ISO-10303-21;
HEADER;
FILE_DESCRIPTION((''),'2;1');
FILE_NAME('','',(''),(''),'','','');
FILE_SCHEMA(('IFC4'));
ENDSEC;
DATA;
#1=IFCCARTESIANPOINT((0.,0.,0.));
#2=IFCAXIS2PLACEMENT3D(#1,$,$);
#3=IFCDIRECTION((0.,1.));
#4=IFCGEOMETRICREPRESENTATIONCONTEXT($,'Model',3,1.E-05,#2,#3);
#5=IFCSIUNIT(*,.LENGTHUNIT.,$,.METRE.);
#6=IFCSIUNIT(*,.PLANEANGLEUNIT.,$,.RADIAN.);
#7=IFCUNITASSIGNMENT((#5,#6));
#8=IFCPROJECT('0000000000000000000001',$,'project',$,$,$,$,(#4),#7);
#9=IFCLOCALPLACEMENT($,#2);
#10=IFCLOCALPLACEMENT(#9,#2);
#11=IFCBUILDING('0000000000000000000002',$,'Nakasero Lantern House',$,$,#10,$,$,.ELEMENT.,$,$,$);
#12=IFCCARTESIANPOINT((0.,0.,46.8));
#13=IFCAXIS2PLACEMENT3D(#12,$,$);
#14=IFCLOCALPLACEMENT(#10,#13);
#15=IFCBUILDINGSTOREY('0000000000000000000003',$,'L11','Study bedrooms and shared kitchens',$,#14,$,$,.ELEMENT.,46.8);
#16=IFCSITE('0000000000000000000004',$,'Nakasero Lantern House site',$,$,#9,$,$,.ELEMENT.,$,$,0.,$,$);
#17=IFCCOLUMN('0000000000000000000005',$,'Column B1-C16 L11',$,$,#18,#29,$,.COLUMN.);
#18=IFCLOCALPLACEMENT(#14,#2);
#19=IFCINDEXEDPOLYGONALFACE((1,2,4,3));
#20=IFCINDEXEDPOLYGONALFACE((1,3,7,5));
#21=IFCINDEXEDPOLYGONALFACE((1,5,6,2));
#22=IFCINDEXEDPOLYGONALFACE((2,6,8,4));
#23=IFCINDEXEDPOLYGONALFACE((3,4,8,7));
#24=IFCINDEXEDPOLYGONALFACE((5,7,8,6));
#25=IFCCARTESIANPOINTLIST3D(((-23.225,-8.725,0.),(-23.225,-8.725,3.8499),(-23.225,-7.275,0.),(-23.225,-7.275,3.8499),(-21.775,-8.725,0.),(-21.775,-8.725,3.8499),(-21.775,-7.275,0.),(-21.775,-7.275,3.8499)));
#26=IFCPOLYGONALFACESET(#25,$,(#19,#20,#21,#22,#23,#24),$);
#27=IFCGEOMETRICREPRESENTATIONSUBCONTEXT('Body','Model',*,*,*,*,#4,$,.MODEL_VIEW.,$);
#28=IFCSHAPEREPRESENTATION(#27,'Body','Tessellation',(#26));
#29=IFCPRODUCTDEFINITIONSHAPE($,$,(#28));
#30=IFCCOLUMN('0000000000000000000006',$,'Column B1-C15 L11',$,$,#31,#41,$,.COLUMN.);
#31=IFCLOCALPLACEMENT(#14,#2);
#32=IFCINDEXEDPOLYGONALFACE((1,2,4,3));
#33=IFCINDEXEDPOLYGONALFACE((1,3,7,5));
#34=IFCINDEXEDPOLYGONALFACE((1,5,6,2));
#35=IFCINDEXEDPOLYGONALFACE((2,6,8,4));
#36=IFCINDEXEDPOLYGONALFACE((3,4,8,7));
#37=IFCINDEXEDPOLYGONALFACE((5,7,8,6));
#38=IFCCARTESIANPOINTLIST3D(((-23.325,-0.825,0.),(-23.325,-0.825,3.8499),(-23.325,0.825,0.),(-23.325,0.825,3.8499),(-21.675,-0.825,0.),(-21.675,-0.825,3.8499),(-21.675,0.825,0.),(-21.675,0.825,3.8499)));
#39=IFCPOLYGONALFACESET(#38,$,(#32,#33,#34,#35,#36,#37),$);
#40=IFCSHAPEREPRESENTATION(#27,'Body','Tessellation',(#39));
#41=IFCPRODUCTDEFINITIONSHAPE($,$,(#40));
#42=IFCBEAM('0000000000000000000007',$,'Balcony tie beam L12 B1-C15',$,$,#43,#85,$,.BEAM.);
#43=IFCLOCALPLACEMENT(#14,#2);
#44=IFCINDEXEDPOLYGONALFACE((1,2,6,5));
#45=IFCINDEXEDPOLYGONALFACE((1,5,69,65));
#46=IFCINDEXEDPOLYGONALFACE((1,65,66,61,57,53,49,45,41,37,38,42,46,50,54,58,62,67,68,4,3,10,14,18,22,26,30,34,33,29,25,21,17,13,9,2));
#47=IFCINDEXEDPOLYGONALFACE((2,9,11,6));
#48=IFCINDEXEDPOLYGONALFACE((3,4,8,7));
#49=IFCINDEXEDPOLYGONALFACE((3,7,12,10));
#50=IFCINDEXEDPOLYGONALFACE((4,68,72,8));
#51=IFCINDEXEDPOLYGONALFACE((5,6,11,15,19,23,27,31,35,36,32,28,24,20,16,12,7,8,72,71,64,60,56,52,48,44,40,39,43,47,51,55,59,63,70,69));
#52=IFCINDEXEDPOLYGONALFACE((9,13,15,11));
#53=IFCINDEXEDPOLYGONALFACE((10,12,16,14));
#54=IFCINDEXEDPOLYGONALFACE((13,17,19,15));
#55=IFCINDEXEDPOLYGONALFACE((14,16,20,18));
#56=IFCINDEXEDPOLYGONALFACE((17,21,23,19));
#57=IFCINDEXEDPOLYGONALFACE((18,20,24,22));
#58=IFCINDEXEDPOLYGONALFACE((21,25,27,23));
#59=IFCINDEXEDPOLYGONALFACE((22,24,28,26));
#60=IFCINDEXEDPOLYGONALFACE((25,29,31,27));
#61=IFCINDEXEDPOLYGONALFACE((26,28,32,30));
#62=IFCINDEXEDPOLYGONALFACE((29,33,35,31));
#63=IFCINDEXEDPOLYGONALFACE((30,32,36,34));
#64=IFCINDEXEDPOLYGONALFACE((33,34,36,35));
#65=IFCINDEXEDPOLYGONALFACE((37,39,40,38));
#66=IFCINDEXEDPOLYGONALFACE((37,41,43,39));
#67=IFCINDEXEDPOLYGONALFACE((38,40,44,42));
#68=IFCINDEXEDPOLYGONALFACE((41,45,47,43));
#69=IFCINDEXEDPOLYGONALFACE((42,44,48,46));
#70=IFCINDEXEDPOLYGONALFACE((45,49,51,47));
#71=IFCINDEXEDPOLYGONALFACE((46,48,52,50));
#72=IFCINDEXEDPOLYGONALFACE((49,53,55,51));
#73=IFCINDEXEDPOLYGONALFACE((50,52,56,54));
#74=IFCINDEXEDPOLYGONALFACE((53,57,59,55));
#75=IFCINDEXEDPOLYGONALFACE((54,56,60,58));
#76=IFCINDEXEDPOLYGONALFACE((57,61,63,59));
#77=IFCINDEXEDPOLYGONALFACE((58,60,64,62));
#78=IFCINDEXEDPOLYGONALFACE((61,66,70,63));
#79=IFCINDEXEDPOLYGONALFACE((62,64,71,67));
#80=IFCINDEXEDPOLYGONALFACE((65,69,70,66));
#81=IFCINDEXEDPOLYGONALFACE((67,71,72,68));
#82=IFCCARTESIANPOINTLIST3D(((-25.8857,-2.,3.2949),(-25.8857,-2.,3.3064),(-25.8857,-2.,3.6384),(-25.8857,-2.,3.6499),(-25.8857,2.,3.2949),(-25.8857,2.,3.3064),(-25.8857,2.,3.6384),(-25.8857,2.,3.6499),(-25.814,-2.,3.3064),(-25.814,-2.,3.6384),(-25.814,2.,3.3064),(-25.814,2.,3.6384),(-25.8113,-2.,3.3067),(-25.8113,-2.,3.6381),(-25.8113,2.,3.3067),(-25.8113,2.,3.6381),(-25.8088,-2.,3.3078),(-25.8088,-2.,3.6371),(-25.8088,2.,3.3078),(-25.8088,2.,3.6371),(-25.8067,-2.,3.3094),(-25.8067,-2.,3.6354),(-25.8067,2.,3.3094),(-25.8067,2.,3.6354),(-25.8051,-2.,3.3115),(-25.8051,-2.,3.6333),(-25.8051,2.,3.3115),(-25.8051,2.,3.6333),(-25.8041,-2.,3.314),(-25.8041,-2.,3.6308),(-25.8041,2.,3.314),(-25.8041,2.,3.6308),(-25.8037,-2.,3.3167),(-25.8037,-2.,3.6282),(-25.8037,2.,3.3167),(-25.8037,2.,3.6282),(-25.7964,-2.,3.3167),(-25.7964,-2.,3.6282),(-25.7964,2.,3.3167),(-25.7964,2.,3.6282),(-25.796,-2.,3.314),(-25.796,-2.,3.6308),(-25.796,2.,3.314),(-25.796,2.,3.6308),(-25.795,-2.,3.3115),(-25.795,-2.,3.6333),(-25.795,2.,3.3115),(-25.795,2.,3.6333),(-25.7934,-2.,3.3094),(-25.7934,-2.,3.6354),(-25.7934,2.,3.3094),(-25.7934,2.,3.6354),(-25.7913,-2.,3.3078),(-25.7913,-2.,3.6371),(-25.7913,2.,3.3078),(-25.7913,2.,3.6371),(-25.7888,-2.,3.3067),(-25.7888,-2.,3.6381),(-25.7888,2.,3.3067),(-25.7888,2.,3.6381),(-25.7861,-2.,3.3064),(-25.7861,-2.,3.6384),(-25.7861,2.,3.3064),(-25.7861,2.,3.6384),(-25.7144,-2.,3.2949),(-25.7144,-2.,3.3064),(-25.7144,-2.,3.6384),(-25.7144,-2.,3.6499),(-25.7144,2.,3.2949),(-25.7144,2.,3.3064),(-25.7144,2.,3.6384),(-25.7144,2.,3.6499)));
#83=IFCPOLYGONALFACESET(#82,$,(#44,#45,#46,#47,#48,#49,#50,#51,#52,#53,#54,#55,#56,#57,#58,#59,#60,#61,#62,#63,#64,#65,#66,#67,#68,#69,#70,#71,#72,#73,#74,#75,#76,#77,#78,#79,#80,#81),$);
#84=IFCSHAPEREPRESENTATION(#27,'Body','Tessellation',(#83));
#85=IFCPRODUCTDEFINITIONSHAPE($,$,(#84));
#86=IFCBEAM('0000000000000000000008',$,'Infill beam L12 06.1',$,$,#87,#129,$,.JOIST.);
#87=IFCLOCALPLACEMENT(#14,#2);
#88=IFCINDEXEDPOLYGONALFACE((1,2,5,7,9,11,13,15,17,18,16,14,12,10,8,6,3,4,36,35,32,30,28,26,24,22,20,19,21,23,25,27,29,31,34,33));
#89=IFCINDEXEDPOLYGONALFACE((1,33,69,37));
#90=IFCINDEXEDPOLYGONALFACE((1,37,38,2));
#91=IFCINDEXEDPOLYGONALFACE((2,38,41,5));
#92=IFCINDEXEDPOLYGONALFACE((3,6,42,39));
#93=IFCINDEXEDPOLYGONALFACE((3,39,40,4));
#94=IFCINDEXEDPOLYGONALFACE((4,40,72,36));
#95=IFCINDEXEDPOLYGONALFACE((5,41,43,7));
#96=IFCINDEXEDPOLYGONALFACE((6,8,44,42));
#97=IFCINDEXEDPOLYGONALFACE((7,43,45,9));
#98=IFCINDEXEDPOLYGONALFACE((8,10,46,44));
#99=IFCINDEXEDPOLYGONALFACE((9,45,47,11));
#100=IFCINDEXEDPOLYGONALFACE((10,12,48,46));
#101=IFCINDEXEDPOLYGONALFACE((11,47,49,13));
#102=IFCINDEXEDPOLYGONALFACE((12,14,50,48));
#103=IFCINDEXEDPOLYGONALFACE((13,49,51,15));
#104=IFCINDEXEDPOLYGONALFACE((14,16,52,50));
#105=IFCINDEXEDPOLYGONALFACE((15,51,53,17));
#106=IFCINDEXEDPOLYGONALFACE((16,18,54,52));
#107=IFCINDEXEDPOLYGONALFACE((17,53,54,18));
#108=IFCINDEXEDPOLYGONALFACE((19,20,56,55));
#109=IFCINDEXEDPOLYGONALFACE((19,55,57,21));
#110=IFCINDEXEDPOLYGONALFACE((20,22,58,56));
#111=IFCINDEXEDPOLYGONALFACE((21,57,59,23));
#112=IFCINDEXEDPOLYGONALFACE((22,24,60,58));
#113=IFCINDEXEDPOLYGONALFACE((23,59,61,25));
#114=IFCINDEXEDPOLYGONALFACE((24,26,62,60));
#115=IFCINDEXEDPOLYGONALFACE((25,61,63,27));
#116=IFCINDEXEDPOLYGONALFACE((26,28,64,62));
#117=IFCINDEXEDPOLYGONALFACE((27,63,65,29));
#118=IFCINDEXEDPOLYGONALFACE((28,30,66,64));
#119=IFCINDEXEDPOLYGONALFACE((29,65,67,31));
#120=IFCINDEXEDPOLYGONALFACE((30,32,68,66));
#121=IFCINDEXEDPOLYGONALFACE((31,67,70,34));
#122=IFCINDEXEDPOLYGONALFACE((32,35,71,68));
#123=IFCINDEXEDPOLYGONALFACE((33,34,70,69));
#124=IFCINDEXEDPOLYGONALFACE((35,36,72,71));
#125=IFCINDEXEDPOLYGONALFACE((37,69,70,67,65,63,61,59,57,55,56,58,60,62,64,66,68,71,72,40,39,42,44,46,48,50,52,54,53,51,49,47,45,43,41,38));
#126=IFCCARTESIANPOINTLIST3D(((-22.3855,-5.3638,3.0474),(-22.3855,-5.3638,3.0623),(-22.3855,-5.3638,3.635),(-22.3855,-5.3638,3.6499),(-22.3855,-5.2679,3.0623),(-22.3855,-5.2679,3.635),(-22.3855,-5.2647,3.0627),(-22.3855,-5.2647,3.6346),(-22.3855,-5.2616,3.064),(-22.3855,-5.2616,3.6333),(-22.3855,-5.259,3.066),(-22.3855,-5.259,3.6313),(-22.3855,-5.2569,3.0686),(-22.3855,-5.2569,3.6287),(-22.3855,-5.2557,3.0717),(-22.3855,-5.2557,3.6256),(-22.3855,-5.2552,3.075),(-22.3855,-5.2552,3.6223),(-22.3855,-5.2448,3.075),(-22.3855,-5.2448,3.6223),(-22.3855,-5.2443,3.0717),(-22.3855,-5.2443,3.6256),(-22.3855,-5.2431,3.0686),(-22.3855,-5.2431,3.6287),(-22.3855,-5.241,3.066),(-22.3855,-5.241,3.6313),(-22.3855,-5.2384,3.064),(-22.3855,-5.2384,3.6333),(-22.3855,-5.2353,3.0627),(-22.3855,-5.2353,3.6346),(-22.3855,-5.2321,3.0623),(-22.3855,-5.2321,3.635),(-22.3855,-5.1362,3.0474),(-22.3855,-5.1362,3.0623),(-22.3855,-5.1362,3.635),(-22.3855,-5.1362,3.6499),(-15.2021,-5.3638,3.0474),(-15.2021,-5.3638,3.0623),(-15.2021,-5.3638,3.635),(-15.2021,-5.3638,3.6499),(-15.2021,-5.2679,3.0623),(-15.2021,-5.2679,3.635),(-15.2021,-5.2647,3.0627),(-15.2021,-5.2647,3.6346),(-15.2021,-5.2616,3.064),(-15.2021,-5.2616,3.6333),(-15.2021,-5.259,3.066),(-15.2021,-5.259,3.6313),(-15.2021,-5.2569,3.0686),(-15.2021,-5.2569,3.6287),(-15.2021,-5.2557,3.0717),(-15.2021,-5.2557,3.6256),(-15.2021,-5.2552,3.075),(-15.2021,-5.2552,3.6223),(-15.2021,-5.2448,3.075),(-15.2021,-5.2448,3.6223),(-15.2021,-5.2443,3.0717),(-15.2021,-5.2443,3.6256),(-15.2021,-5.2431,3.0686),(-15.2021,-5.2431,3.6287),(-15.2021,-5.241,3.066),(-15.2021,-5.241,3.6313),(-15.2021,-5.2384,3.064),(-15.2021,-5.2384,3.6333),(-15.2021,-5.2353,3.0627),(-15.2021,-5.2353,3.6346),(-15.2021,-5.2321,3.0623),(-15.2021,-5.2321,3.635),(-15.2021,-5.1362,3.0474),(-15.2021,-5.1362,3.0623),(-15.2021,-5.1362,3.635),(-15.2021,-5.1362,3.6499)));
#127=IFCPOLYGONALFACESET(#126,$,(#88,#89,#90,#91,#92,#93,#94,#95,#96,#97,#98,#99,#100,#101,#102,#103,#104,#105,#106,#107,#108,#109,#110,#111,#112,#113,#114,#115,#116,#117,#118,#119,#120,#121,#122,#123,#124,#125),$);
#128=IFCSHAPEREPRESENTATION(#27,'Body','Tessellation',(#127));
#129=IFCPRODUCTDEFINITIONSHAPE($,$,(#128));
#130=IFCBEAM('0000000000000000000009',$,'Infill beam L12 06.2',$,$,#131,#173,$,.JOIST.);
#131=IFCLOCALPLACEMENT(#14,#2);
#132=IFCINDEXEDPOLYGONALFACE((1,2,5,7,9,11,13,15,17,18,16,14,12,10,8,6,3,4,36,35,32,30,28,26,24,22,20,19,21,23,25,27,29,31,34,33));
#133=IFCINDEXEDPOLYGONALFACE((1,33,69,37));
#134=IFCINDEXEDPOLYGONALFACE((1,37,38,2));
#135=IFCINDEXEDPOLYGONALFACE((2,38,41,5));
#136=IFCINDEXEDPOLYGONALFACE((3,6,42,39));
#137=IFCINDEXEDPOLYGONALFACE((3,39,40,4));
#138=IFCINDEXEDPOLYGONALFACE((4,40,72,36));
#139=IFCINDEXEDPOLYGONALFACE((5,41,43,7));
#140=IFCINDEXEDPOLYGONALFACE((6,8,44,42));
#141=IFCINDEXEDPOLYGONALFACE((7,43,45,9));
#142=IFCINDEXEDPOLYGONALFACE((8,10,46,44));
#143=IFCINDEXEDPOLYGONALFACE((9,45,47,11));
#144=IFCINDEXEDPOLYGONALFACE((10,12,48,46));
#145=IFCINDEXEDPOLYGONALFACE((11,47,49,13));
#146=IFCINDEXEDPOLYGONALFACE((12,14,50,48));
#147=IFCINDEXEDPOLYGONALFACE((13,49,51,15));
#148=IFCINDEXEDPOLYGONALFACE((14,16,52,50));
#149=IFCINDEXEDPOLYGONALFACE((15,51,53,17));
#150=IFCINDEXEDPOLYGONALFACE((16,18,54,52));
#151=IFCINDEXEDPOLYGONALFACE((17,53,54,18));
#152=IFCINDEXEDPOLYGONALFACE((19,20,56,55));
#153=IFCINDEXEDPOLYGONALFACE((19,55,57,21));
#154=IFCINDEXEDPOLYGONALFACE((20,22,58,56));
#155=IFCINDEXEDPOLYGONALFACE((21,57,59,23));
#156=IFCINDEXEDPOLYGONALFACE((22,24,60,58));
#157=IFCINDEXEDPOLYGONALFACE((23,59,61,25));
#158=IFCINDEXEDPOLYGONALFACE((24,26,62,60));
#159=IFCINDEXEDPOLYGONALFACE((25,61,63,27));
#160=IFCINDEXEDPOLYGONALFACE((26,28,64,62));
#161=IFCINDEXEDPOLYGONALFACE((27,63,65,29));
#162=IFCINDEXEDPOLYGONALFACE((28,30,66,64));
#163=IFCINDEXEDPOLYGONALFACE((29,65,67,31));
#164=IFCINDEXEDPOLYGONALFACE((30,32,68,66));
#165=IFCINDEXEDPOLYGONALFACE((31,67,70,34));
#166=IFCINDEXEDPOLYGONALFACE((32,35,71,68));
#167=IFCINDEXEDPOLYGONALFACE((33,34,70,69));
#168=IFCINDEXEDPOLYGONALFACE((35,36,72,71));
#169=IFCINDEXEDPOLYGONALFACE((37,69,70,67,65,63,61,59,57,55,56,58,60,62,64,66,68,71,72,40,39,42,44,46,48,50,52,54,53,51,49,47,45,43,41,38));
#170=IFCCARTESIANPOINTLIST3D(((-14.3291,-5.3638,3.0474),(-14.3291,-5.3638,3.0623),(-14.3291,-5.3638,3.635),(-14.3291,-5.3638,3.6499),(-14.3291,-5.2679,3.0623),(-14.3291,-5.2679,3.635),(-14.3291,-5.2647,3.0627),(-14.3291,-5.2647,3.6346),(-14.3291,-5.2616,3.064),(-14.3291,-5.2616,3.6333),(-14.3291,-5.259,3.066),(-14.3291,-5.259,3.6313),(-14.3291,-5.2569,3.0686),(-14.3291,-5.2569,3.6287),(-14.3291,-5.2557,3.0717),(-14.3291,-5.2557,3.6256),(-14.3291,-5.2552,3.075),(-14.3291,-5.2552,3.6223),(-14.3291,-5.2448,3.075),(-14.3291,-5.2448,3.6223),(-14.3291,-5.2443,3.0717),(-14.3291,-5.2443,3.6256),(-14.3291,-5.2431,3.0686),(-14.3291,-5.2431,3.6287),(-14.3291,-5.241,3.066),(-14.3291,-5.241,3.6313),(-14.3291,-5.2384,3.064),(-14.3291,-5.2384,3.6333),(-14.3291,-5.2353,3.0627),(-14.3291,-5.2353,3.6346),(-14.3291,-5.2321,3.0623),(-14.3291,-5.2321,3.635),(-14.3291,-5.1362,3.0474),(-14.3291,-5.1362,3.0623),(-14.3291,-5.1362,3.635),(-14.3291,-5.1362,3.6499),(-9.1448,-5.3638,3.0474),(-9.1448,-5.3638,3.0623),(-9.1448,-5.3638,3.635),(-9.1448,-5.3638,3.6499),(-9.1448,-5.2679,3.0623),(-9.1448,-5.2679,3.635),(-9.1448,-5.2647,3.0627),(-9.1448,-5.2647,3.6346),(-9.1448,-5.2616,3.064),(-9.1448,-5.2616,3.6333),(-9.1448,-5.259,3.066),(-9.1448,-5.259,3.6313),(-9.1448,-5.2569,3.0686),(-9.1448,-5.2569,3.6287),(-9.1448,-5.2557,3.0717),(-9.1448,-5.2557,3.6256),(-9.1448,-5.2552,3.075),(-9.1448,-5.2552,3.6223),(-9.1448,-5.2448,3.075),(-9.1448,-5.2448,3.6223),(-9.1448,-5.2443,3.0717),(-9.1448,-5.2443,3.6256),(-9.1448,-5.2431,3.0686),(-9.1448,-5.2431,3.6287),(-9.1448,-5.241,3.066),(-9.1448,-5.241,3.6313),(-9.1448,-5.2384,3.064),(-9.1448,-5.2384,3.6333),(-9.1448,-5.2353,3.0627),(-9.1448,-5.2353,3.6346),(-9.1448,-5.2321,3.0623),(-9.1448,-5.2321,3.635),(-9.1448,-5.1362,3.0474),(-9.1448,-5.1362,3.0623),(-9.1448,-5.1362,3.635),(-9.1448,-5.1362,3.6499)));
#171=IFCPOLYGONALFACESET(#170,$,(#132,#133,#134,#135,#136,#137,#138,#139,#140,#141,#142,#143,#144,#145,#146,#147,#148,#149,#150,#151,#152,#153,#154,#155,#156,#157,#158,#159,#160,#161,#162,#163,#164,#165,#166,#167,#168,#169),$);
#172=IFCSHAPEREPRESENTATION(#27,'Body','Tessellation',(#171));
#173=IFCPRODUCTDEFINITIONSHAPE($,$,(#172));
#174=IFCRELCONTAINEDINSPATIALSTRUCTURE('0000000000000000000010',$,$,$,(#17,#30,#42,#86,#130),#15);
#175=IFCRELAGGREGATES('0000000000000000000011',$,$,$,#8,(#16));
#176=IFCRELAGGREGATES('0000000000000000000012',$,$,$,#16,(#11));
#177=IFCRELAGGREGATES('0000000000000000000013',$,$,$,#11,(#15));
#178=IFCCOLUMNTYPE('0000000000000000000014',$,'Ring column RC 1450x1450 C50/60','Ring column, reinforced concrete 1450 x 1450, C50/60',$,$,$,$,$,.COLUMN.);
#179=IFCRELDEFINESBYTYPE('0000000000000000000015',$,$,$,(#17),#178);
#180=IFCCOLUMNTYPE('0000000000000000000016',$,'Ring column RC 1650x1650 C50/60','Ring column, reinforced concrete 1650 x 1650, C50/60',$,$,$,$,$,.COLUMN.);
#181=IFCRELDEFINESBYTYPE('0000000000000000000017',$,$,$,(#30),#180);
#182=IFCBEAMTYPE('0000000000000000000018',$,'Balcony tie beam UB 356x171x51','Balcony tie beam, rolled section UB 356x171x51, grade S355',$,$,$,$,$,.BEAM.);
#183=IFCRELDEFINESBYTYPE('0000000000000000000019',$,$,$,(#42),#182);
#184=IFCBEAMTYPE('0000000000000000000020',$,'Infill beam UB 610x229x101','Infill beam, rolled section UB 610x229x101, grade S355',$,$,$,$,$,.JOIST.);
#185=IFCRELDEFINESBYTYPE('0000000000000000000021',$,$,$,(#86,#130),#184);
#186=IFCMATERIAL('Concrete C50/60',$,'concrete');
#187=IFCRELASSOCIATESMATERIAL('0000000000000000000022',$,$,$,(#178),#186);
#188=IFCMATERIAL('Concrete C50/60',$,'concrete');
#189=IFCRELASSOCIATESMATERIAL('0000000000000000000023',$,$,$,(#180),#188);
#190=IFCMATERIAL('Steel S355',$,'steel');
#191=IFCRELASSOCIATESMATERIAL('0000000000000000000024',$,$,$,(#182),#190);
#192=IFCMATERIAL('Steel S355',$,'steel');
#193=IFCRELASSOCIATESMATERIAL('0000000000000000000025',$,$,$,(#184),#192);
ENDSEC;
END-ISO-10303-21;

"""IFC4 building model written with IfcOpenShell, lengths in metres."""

from ifc_helpers import new_model, si_unit, direction, frame, origin, origin_2d, place, context, subcontext, project, spatial, rectangle, i_section, extrude, material, material_profile, profile_set, type_object, element, save


model = new_model("IFC4")

# Units and contexts
model_context = context("Model", 3, precision=1e-05, world=origin(), true_north=direction((0.0, 1.0)))
body_context = subcontext(model_context, "Body", "Model", "MODEL_VIEW")
ifc_project = project(units=[si_unit("LENGTHUNIT", "METRE"), si_unit("PLANEANGLEUNIT", "RADIAN")], contexts=[model_context])

# Site, building, storey
site_placement = place(None, origin())
site = spatial("IfcSite", under=ifc_project, at=site_placement, Name="Nakasero Lantern House site", CompositionType="ELEMENT", RefElevation=0.0)
building_placement = place(site_placement, origin())
building = spatial("IfcBuilding", under=site, at=building_placement, Name="Nakasero Lantern House", CompositionType="ELEMENT")
storey_placement = place(building_placement, frame((0.0, 0.0, 46.8)))
storey = spatial("IfcBuildingStorey", under=building, at=storey_placement, Name="L11", Description="Study bedrooms and shared kitchens", CompositionType="ELEMENT", Elevation=46.8)

# Columns
ifc_material_1 = material(Name="Concrete C50/60", Category="concrete")
ifc_material_profile_1 = material_profile(ifc_material_1, rectangle(XDim=1.45, YDim=1.45, at=origin_2d()), Name="RC 1450x1450")
ifc_profile_set_1 = profile_set([ifc_material_profile_1], Name="Concrete C50/60")
column_type_1 = type_object("IfcColumnType", Name="Ring column RC 1450x1450 C50/60", Description="Ring column, reinforced concrete 1450 x 1450, C50/60", PredefinedType="COLUMN", material=ifc_profile_set_1)
column_1_placement = place(storey_placement, frame((-22.5, -8.0, 0.0), z_axis=(0.0, 0.0, 1.0), x_axis=(1.0, 0.0, 0.0)))
element("IfcColumn", 1, at=column_1_placement, inside=storey, type_object=column_type_1, Name="Column B1-C16 L11", PredefinedType="COLUMN", context=body_context, shape_type="SweptSolid", body=[
    extrude(rectangle(XDim=1.45, YDim=1.45, at=origin_2d()), origin(), (0.0, 0.0, 1.0), 3.8499),
])
ifc_material_2 = material(Name="Concrete C50/60", Category="concrete")
ifc_material_profile_2 = material_profile(ifc_material_2, rectangle(XDim=1.6499, YDim=1.6499, at=origin_2d()), Name="RC 1650x1650")
ifc_profile_set_2 = profile_set([ifc_material_profile_2], Name="Concrete C50/60")
column_type_2 = type_object("IfcColumnType", Name="Ring column RC 1650x1650 C50/60", Description="Ring column, reinforced concrete 1650 x 1650, C50/60", PredefinedType="COLUMN", material=ifc_profile_set_2)
column_2_placement = place(storey_placement, frame((-22.5, 0.0, 0.0), z_axis=(0.0, 0.0, 1.0), x_axis=(1.0, 0.0, 0.0)))
element("IfcColumn", 2, at=column_2_placement, inside=storey, type_object=column_type_2, Name="Column B1-C15 L11", PredefinedType="COLUMN", context=body_context, shape_type="SweptSolid", body=[
    extrude(rectangle(XDim=1.6499, YDim=1.6499, at=origin_2d()), origin(), (0.0, 0.0, 1.0), 3.8499),
])

# Beams
ifc_material_3 = material(Name="Steel S355", Category="steel")
ifc_material_profile_3 = material_profile(ifc_material_3, i_section(OverallWidth=0.1714, OverallDepth=0.355, WebThickness=0.0073, FlangeThickness=0.0115, FilletRadius=0.0103, at=origin_2d()), Name="UB 356x171x51")
ifc_profile_set_3 = profile_set([ifc_material_profile_3], Name="Steel S355")
beam_type_1 = type_object("IfcBeamType", Name="Balcony tie beam UB 356x171x51", Description="Balcony tie beam, rolled section UB 356x171x51, grade S355", PredefinedType="BEAM", material=ifc_profile_set_3)
beam_1_placement = place(storey_placement, frame((-25.8, -2.0, 3.4724), z_axis=(0.0, 1.0, 0.0), x_axis=(-1.0, 0.0, 0.0)))
element("IfcBeam", 3, at=beam_1_placement, inside=storey, type_object=beam_type_1, Name="Balcony tie beam L12 B1-C15", PredefinedType="BEAM", context=body_context, shape_type="SweptSolid", body=[
    extrude(i_section(OverallWidth=0.1714, OverallDepth=0.355, WebThickness=0.0073, FlangeThickness=0.0115, FilletRadius=0.0103, at=origin_2d()), origin(), (0.0, 0.0, 1.0), 4.0),
])
ifc_material_4 = material(Name="Steel S355", Category="steel")
ifc_material_profile_4 = material_profile(ifc_material_4, i_section(OverallWidth=0.2275, OverallDepth=0.6025, WebThickness=0.0105, FlangeThickness=0.0149, FilletRadius=0.0127, at=origin_2d()), Name="UB 610x229x101")
ifc_profile_set_4 = profile_set([ifc_material_profile_4], Name="Steel S355")
beam_type_2 = type_object("IfcBeamType", Name="Infill beam UB 610x229x101", Description="Infill beam, rolled section UB 610x229x101, grade S355", PredefinedType="JOIST", material=ifc_profile_set_4)
beam_2_placement = place(storey_placement, frame((-22.3855, -5.25, 3.3486), z_axis=(1.0, 0.0, 0.0), x_axis=(0.0, 1.0, 0.0)))
element("IfcBeam", 4, at=beam_2_placement, inside=storey, type_object=beam_type_2, Name="Infill beam L12 06.1", PredefinedType="JOIST", context=body_context, shape_type="SweptSolid", body=[
    extrude(i_section(OverallWidth=0.2275, OverallDepth=0.6025, WebThickness=0.0105, FlangeThickness=0.0149, FilletRadius=0.0127, at=origin_2d()), origin(), (0.0, 0.0, 1.0), 7.1833),
])
beam_3_placement = place(storey_placement, frame((-14.3291, -5.25, 3.3486), z_axis=(1.0, 0.0, 0.0), x_axis=(0.0, 1.0, 0.0)))
element("IfcBeam", 5, at=beam_3_placement, inside=storey, type_object=beam_type_2, Name="Infill beam L12 06.2", PredefinedType="JOIST", context=body_context, shape_type="SweptSolid", body=[
    extrude(i_section(OverallWidth=0.2275, OverallDepth=0.6025, WebThickness=0.0105, FlangeThickness=0.0149, FilletRadius=0.0127, at=origin_2d()), origin(), (0.0, 0.0, 1.0), 5.1843),
])

save(model, "model.ifc")
